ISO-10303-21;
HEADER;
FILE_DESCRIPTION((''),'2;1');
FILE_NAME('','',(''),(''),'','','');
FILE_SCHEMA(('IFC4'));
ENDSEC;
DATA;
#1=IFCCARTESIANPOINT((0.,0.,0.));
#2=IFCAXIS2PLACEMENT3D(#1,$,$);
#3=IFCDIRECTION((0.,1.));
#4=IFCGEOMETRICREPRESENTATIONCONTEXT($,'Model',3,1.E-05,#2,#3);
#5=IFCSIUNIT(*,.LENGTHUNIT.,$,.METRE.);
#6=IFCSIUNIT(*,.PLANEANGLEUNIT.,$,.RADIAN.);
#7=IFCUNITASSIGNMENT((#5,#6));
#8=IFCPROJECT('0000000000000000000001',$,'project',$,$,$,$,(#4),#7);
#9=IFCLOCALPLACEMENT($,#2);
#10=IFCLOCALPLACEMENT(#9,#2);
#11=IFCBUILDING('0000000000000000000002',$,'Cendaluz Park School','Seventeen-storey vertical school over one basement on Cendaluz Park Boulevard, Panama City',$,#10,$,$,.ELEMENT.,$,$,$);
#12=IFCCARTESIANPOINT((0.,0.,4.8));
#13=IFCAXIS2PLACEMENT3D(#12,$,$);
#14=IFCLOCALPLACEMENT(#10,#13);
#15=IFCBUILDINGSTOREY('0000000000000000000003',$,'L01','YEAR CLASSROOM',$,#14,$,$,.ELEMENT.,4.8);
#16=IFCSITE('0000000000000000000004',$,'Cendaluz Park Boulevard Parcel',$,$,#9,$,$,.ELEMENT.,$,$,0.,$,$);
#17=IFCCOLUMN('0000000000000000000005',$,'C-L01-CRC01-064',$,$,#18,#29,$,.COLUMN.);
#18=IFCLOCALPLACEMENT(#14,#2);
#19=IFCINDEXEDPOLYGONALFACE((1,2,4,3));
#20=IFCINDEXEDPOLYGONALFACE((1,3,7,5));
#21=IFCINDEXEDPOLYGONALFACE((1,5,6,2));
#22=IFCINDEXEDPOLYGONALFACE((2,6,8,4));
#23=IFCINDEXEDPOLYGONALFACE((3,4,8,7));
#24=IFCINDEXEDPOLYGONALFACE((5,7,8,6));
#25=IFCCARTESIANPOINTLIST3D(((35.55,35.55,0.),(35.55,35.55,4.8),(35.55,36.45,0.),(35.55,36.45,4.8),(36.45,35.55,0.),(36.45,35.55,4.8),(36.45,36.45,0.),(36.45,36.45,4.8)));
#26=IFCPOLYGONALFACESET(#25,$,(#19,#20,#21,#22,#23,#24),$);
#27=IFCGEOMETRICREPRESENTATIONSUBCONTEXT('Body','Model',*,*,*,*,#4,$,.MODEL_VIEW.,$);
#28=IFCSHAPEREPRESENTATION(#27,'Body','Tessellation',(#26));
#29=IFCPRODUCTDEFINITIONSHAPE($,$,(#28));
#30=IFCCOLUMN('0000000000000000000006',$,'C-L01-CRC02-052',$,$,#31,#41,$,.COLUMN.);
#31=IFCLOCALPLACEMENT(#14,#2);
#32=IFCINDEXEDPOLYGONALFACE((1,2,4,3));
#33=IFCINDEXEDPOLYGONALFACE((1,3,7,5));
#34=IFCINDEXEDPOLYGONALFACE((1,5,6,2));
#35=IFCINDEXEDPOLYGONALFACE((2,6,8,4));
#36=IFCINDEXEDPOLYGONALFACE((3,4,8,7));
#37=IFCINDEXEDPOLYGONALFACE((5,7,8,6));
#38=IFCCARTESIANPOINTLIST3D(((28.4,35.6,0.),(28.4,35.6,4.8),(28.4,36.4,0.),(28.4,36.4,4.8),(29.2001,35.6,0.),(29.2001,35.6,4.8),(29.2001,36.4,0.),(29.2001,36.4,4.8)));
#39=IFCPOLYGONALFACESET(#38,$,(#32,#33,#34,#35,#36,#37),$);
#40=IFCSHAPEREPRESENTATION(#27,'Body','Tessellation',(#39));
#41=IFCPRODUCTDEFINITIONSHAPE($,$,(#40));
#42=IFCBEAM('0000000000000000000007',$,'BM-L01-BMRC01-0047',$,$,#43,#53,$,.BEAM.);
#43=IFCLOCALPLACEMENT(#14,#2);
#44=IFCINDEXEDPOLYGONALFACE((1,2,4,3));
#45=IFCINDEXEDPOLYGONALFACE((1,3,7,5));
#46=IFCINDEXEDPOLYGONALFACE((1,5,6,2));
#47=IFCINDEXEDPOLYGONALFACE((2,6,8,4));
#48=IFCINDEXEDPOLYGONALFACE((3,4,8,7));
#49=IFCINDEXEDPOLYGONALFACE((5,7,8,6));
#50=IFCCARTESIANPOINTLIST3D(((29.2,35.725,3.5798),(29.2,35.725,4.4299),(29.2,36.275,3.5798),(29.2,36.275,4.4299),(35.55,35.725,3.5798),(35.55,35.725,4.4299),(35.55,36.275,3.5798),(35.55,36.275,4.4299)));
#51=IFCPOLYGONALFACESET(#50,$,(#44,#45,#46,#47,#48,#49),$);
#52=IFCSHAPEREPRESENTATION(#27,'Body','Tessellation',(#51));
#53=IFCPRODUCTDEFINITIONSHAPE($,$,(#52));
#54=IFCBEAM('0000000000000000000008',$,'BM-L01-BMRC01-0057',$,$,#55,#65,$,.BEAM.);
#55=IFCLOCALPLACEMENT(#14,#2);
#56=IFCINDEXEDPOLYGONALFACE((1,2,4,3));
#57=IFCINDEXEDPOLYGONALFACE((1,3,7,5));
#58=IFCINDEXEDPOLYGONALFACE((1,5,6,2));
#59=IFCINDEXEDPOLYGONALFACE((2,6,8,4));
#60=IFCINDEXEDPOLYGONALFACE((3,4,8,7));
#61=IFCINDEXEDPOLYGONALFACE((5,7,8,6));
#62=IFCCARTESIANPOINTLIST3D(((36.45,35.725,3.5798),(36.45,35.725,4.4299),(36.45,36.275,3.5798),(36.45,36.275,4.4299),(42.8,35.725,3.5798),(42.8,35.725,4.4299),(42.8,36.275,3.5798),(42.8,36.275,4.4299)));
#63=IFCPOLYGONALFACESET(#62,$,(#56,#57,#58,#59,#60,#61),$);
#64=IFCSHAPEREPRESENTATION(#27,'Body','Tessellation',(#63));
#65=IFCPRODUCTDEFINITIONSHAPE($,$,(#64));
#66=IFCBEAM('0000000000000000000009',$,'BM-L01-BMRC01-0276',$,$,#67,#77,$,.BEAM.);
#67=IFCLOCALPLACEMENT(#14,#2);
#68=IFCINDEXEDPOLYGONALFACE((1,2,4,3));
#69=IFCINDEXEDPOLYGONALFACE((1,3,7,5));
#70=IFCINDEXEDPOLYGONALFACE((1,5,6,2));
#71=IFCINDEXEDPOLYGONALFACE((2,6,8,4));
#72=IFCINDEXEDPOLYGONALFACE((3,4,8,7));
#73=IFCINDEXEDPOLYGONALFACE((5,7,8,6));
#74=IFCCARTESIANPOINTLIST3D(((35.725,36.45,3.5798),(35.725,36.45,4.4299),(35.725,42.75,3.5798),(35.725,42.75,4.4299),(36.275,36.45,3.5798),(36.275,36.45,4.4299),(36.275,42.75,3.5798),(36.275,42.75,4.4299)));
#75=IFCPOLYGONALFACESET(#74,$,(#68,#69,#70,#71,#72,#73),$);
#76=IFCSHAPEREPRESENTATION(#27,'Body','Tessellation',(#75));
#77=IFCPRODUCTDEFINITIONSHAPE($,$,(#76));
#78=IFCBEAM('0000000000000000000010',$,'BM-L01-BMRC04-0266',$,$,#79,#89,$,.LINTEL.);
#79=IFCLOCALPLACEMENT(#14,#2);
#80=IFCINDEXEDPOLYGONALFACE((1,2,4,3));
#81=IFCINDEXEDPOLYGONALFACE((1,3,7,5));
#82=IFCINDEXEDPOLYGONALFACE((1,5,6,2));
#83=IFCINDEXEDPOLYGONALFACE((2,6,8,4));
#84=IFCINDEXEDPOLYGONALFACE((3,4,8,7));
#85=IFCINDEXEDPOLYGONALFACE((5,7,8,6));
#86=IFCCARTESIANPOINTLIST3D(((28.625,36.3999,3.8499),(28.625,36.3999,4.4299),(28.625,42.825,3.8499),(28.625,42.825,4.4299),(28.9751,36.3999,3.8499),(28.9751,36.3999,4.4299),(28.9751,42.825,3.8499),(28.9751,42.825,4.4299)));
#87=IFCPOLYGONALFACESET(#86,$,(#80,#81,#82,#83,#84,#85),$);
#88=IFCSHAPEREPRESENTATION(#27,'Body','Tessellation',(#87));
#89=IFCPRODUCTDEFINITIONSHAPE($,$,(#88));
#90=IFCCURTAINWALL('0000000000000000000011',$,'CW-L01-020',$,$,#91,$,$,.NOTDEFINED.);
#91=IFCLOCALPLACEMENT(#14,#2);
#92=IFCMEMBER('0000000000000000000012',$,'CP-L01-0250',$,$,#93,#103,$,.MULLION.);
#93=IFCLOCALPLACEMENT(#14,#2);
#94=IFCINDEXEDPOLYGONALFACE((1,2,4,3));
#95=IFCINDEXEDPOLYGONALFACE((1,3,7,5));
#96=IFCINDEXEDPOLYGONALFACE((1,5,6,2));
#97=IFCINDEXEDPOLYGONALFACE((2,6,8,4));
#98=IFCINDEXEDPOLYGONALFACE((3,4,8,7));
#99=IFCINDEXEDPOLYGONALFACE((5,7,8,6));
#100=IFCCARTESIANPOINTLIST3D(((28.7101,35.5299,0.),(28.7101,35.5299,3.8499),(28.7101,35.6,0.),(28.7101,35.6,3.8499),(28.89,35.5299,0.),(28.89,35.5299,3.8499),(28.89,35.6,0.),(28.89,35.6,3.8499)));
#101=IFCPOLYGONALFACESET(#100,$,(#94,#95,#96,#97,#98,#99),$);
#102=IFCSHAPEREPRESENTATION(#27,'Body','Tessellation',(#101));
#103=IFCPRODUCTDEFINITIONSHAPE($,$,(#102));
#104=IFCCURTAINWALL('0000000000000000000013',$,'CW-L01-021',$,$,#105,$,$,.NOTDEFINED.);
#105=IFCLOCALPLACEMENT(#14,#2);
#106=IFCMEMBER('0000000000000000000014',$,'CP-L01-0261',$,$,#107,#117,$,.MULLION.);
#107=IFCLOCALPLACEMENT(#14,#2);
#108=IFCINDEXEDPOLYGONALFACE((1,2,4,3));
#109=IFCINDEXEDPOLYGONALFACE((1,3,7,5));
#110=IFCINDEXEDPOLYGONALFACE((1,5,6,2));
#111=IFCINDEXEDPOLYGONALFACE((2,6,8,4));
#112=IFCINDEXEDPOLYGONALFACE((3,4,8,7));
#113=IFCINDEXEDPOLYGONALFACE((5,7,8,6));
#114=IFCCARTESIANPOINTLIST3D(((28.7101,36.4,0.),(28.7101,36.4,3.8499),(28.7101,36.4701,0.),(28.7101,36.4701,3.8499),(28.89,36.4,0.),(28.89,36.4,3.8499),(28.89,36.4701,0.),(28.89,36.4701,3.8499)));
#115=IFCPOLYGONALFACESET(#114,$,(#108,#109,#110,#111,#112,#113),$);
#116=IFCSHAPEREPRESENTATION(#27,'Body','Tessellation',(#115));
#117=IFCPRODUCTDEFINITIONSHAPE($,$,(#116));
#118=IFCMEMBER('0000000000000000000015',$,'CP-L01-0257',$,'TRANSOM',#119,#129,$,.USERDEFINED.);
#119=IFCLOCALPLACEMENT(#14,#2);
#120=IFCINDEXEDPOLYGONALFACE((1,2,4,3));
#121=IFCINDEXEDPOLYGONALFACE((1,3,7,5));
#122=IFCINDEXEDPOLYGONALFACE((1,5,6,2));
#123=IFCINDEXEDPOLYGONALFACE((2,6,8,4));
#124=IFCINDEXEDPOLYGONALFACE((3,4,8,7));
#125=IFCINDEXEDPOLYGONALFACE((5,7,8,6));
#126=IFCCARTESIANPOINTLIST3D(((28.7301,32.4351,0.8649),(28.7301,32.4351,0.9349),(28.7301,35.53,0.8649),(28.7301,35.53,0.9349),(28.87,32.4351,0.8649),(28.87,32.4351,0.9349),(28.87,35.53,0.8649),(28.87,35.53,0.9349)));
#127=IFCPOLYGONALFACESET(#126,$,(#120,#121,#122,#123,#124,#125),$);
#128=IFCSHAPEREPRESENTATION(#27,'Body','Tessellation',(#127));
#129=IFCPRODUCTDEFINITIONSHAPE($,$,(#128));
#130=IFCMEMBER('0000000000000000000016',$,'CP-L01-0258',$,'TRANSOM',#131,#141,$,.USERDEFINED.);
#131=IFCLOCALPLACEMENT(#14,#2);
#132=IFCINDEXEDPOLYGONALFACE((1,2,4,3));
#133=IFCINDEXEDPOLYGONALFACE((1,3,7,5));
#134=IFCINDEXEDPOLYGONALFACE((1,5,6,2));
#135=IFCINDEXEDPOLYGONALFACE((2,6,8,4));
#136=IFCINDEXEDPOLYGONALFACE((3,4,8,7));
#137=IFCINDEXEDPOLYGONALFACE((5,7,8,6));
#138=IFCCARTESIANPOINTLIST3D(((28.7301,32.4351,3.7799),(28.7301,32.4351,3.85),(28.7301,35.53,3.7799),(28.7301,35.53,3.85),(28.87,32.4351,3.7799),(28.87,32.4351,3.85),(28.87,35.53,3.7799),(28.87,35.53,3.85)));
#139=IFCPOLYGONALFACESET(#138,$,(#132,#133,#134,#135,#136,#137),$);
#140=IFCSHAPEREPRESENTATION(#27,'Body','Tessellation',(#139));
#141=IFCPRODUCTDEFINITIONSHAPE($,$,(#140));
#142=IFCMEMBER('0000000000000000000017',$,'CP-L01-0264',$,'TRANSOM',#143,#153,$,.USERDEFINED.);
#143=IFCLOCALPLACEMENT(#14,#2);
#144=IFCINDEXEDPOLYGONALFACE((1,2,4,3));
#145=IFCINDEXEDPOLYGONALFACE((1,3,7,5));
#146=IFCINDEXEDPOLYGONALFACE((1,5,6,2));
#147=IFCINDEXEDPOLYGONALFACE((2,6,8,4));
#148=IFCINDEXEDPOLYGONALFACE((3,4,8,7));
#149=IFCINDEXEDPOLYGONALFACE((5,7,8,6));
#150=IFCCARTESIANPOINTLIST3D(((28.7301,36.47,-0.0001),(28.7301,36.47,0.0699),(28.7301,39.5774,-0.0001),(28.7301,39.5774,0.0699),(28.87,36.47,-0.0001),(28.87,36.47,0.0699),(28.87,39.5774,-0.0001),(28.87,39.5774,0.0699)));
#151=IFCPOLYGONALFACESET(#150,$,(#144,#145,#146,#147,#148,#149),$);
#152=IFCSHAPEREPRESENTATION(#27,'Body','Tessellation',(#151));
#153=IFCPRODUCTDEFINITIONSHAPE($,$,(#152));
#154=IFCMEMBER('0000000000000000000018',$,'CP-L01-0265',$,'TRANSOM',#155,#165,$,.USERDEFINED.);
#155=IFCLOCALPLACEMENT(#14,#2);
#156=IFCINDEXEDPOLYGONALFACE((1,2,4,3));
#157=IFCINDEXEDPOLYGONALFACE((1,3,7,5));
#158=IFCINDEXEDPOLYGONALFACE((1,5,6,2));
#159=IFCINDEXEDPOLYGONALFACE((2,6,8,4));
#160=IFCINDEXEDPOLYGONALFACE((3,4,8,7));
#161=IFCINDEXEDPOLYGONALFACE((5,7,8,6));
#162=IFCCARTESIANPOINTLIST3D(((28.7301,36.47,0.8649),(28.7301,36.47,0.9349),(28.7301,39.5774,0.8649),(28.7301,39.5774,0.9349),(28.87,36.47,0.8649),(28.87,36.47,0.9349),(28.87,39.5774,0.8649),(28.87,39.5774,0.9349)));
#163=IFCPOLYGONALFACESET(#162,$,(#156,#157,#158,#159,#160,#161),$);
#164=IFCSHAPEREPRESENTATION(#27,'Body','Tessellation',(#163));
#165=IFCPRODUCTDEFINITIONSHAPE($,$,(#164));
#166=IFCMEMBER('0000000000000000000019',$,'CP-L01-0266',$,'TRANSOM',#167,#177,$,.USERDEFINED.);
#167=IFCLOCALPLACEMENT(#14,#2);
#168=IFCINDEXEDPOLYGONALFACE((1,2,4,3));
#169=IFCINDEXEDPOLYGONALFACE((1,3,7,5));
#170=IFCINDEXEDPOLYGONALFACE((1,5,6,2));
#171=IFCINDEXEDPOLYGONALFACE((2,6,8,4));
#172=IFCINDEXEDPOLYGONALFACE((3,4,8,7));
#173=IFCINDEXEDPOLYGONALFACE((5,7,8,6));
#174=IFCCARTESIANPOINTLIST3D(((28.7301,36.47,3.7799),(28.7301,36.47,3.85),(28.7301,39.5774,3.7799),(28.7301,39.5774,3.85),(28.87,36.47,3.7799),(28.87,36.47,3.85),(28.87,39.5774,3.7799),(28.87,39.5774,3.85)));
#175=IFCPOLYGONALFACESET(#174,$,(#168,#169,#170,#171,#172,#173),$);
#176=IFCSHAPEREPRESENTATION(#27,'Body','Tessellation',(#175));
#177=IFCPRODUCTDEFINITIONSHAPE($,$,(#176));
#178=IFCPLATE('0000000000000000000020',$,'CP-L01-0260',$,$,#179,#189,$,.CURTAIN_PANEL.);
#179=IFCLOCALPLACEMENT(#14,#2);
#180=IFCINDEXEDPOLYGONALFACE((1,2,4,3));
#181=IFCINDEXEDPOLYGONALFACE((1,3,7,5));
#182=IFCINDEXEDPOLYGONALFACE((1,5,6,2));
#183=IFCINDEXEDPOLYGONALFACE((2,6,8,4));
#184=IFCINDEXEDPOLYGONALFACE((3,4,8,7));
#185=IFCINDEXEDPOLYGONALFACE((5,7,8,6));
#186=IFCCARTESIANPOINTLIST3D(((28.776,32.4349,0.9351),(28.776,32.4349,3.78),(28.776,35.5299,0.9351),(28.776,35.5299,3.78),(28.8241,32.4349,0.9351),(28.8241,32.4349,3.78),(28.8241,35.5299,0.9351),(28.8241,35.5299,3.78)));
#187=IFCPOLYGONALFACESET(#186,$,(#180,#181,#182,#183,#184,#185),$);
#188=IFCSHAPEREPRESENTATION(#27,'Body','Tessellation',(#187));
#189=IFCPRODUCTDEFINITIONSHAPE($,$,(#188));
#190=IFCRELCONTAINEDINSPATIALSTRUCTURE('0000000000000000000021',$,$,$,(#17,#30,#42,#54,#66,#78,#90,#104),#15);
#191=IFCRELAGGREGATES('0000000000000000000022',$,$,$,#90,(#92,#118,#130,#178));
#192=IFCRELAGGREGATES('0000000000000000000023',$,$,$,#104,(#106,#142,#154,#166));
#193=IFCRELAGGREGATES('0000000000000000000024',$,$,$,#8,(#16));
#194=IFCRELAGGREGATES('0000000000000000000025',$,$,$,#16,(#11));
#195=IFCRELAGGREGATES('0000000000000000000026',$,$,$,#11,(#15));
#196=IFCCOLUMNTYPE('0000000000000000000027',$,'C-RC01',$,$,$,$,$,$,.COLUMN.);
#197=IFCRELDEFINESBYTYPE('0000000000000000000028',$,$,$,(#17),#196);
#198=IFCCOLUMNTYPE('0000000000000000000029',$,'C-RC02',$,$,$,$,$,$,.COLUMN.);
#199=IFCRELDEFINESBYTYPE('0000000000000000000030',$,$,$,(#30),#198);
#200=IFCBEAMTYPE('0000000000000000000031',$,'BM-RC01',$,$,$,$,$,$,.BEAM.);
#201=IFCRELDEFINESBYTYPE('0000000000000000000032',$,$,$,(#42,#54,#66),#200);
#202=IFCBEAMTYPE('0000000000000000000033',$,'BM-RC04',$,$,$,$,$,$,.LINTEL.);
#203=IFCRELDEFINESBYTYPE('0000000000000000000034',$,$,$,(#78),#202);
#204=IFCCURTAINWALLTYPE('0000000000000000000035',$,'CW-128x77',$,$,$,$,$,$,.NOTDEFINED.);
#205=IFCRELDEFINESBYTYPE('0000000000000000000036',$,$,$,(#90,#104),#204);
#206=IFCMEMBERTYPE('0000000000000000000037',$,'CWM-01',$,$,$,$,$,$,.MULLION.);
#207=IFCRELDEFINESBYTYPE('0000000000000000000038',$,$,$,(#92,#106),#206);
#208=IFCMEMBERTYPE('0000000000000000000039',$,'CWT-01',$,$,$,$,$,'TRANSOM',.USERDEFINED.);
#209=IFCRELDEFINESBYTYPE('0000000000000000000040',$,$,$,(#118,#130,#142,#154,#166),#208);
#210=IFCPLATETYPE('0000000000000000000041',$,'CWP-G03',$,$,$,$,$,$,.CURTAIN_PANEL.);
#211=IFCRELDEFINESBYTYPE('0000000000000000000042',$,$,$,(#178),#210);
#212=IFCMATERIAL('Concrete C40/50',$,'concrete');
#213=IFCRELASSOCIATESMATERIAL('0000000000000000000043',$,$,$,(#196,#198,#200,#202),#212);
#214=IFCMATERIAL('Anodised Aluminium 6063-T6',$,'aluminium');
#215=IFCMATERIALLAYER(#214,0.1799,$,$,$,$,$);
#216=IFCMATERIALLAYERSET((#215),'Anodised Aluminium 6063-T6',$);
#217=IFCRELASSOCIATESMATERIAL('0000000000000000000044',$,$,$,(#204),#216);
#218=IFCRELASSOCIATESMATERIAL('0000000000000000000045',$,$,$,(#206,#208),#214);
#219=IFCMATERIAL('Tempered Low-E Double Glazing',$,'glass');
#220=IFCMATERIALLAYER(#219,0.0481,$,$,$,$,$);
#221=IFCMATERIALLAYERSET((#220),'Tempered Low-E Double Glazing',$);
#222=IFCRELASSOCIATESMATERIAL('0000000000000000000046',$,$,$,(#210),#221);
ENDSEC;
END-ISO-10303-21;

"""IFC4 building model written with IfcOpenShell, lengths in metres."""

from ifc_helpers import new_model, si_unit, direction, frame, origin, origin_2d, place, context, subcontext, project, spatial, rectangle, extrude, material, layer, layer_set, material_profile, profile_set, type_object, element, aggregate, save


model = new_model("IFC4")

# Units and contexts
model_context = context("Model", 3, precision=1e-05, world=origin(), true_north=direction((0.0, 1.0)))
body_context = subcontext(model_context, "Body", "Model", "MODEL_VIEW")
ifc_project = project(units=[si_unit("LENGTHUNIT", "METRE"), si_unit("PLANEANGLEUNIT", "RADIAN")], contexts=[model_context])

# Site, building, storey
site_placement = place(None, origin())
site = spatial("IfcSite", under=ifc_project, at=site_placement, Name="Cendaluz Park Boulevard Parcel", CompositionType="ELEMENT", RefElevation=0.0)
building_placement = place(site_placement, origin())
building = spatial("IfcBuilding", under=site, at=building_placement, Name="Cendaluz Park School", Description="Seventeen-storey vertical school over one basement on Cendaluz Park Boulevard, Panama City", CompositionType="ELEMENT")
storey_placement = place(building_placement, frame((0.0, 0.0, 4.8)))
storey = spatial("IfcBuildingStorey", under=building, at=storey_placement, Name="L01", Description="YEAR CLASSROOM", CompositionType="ELEMENT", Elevation=4.8)

# Columns
ifc_material_1 = material(Name="Concrete C40/50", Category="concrete")
ifc_material_profile_1 = material_profile(ifc_material_1, rectangle(XDim=0.8999, YDim=0.8999, at=origin_2d()), Name="RC 900x900", Category="concrete")
ifc_profile_set_1 = profile_set([ifc_material_profile_1], Name="Concrete C40/50")
column_type_1 = type_object("IfcColumnType", Name="C-RC01", PredefinedType="COLUMN", material=ifc_profile_set_1)
column_1_placement = place(storey_placement, frame((36.0, 36.0, 0.0), z_axis=(0.0, 0.0, 1.0), x_axis=(1.0, 0.0, 0.0)))
element("IfcColumn", 1, at=column_1_placement, inside=storey, type_object=column_type_1, Name="C-L01-CRC01-064", PredefinedType="COLUMN", context=body_context, shape_type="SweptSolid", body=[
    extrude(rectangle(XDim=0.8999, YDim=0.8999, at=origin_2d()), origin(), (0.0, 0.0, 1.0), 4.8),
])
ifc_material_profile_2 = material_profile(ifc_material_1, rectangle(XDim=0.8, YDim=0.8, at=origin_2d()), Name="RC 800x800", Category="concrete")
ifc_profile_set_2 = profile_set([ifc_material_profile_2], Name="Concrete C40/50")
column_type_2 = type_object("IfcColumnType", Name="C-RC02", PredefinedType="COLUMN", material=ifc_profile_set_2)
column_2_placement = place(storey_placement, frame((28.8, 36.0, 0.0), z_axis=(0.0, 0.0, 1.0), x_axis=(1.0, 0.0, 0.0)))
element("IfcColumn", 2, at=column_2_placement, inside=storey, type_object=column_type_2, Name="C-L01-CRC02-052", PredefinedType="COLUMN", context=body_context, shape_type="SweptSolid", body=[
    extrude(rectangle(XDim=0.8, YDim=0.8, at=origin_2d()), origin(), (0.0, 0.0, 1.0), 4.8),
])

# Beams
ifc_material_profile_3 = material_profile(ifc_material_1, rectangle(XDim=0.55, YDim=0.8501, at=origin_2d()), Name="RC 550x850", Category="concrete")
ifc_profile_set_3 = profile_set([ifc_material_profile_3], Name="Concrete C40/50")
beam_type_1 = type_object("IfcBeamType", Name="BM-RC01", PredefinedType="BEAM", material=ifc_profile_set_3)
for number, where, z_axis, x_axis, name in (
    (3, (29.2, 36.0, 4.0049), (1.0, 0.0, 0.0), (0.0, 1.0, 0.0), "BM-L01-BMRC01-0047"),
    (4, (36.45, 36.0, 4.0049), (1.0, 0.0, 0.0), (0.0, 1.0, 0.0), "BM-L01-BMRC01-0057"),
):
    element("IfcBeam", number, at=place(storey_placement, frame(where, z_axis=z_axis, x_axis=x_axis)), inside=storey, type_object=beam_type_1, Name=name, PredefinedType="BEAM", context=body_context, shape_type="SweptSolid", body=[
        extrude(rectangle(XDim=0.55, YDim=0.8501, at=origin_2d()), origin(), (0.0, 0.0, 1.0), 6.3501),
    ])
beam_1_placement = place(storey_placement, frame((36.0, 36.45, 4.0049), z_axis=(0.0, 1.0, 0.0), x_axis=(-1.0, 0.0, 0.0)))
element("IfcBeam", 5, at=beam_1_placement, inside=storey, type_object=beam_type_1, Name="BM-L01-BMRC01-0276", PredefinedType="BEAM", context=body_context, shape_type="SweptSolid", body=[
    extrude(rectangle(XDim=0.55, YDim=0.8501, at=origin_2d()), origin(), (0.0, 0.0, 1.0), 6.3),
])
ifc_material_profile_4 = material_profile(ifc_material_1, rectangle(XDim=0.3501, YDim=0.5801, at=origin_2d()), Name="RC 350x580", Category="concrete")
ifc_profile_set_4 = profile_set([ifc_material_profile_4], Name="Concrete C40/50")
beam_type_2 = type_object("IfcBeamType", Name="BM-RC04", PredefinedType="LINTEL", material=ifc_profile_set_4)
beam_2_placement = place(storey_placement, frame((28.8, 36.3999, 4.1399), z_axis=(0.0, 1.0, 0.0), x_axis=(-1.0, 0.0, 0.0)))
element("IfcBeam", 6, at=beam_2_placement, inside=storey, type_object=beam_type_2, Name="BM-L01-BMRC04-0266", PredefinedType="LINTEL", context=body_context, shape_type="SweptSolid", body=[
    extrude(rectangle(XDim=0.3501, YDim=0.5801, at=origin_2d()), origin(), (0.0, 0.0, 1.0), 6.425),
])

# Curtain walls, members
ifc_material_2 = material(Name="Anodised Aluminium 6063-T6", Category="aluminium")
ifc_layer_1 = layer(ifc_material_2, 0.1799)
ifc_layer_set_1 = layer_set([ifc_layer_1], Name="Anodised Aluminium 6063-T6")
curtain_wall_type = type_object("IfcCurtainWallType", Name="CW-128x77", PredefinedType="NOTDEFINED", material=ifc_layer_set_1)
curtain_wall_1_placement = place(storey_placement, origin())
curtain_wall_1 = element("IfcCurtainWall", 7, at=curtain_wall_1_placement, inside=storey, type_object=curtain_wall_type, Name="CW-L01-020", PredefinedType="NOTDEFINED")
ifc_material_profile_5 = material_profile(ifc_material_2, rectangle(XDim=0.1799, YDim=0.0701, at=origin_2d()), Name="CWM 180x70", Category="aluminium")
ifc_profile_set_5 = profile_set([ifc_material_profile_5], Name="Anodised Aluminium 6063-T6")
member_type_1 = type_object("IfcMemberType", Name="CWM-01", PredefinedType="MULLION", material=ifc_profile_set_5)
member_1_placement = place(storey_placement, frame((28.8, 35.5649, 0.0), z_axis=(0.0, 0.0, 1.0), x_axis=(-1.0, 0.0, 0.0)))
member_1 = element("IfcMember", 8, at=member_1_placement, type_object=member_type_1, Name="CP-L01-0250", PredefinedType="MULLION", context=body_context, shape_type="SweptSolid", body=[
    extrude(rectangle(XDim=0.1799, YDim=0.0701, at=origin_2d()), origin(), (0.0, 0.0, 1.0), 3.8499),
])
curtain_wall_2_placement = place(storey_placement, origin())
curtain_wall_2 = element("IfcCurtainWall", 9, at=curtain_wall_2_placement, inside=storey, type_object=curtain_wall_type, Name="CW-L01-021", PredefinedType="NOTDEFINED")
member_2_placement = place(storey_placement, frame((28.8, 36.4351, 0.0), z_axis=(0.0, 0.0, 1.0), x_axis=(-1.0, 0.0, 0.0)))
member_2 = element("IfcMember", 10, at=member_2_placement, type_object=member_type_1, Name="CP-L01-0261", PredefinedType="MULLION", context=body_context, shape_type="SweptSolid", body=[
    extrude(rectangle(XDim=0.1799, YDim=0.0701, at=origin_2d()), origin(), (0.0, 0.0, 1.0), 3.8499),
])

# Members
ifc_material_profile_6 = material_profile(ifc_material_2, rectangle(XDim=0.1399, YDim=0.0701, at=origin_2d()), Name="CWT 140x70", Category="aluminium")
ifc_profile_set_6 = profile_set([ifc_material_profile_6], Name="Anodised Aluminium 6063-T6")
member_type_2 = type_object("IfcMemberType", Name="CWT-01", ElementType="TRANSOM", PredefinedType="USERDEFINED", material=ifc_profile_set_6)
member_3_placement = place(storey_placement, frame((28.8, 32.4351, 0.8999), z_axis=(0.0, 1.0, 0.0), x_axis=(-1.0, 0.0, 0.0)))
member_3 = element("IfcMember", 11, at=member_3_placement, type_object=member_type_2, Name="CP-L01-0257", ObjectType="TRANSOM", PredefinedType="USERDEFINED", context=body_context, shape_type="SweptSolid", body=[
    extrude(rectangle(XDim=0.1399, YDim=0.0701, at=origin_2d()), origin(), (0.0, 0.0, 1.0), 3.095),
])
member_4_placement = place(storey_placement, frame((28.8, 32.4351, 3.8149), z_axis=(0.0, 1.0, 0.0), x_axis=(-1.0, 0.0, 0.0)))
member_4 = element("IfcMember", 12, at=member_4_placement, type_object=member_type_2, Name="CP-L01-0258", ObjectType="TRANSOM", PredefinedType="USERDEFINED", context=body_context, shape_type="SweptSolid", body=[
    extrude(rectangle(XDim=0.1399, YDim=0.0701, at=origin_2d()), origin(), (0.0, 0.0, 1.0), 3.095),
])
member_5_placement = place(storey_placement, frame((28.8, 36.47, 0.0349), z_axis=(0.0, 1.0, 0.0), x_axis=(-1.0, 0.0, 0.0)))
member_5 = element("IfcMember", 13, at=member_5_placement, type_object=member_type_2, Name="CP-L01-0264", ObjectType="TRANSOM", PredefinedType="USERDEFINED", context=body_context, shape_type="SweptSolid", body=[
    extrude(rectangle(XDim=0.1399, YDim=0.0701, at=origin_2d()), origin(), (0.0, 0.0, 1.0), 3.1074),
])
member_6_placement = place(storey_placement, frame((28.8, 36.47, 0.8999), z_axis=(0.0, 1.0, 0.0), x_axis=(-1.0, 0.0, 0.0)))
member_6 = element("IfcMember", 14, at=member_6_placement, type_object=member_type_2, Name="CP-L01-0265", ObjectType="TRANSOM", PredefinedType="USERDEFINED", context=body_context, shape_type="SweptSolid", body=[
    extrude(rectangle(XDim=0.1399, YDim=0.0701, at=origin_2d()), origin(), (0.0, 0.0, 1.0), 3.1074),
])
member_7_placement = place(storey_placement, frame((28.8, 36.47, 3.8149), z_axis=(0.0, 1.0, 0.0), x_axis=(-1.0, 0.0, 0.0)))
member_7 = element("IfcMember", 15, at=member_7_placement, type_object=member_type_2, Name="CP-L01-0266", ObjectType="TRANSOM", PredefinedType="USERDEFINED", context=body_context, shape_type="SweptSolid", body=[
    extrude(rectangle(XDim=0.1399, YDim=0.0701, at=origin_2d()), origin(), (0.0, 0.0, 1.0), 3.1074),
])

# Plate
ifc_material_3 = material(Name="Tempered Low-E Double Glazing", Category="glass")
ifc_layer_2 = layer(ifc_material_3, 0.0481)
ifc_layer_set_2 = layer_set([ifc_layer_2], Name="Tempered Low-E Double Glazing")
plate_type_1 = type_object("IfcPlateType", Name="CWP-G03", PredefinedType="CURTAIN_PANEL", material=ifc_layer_set_2)
plate_1_placement = place(storey_placement, frame((28.8, 33.9824, 0.9351), z_axis=(0.0, 0.0, 1.0), x_axis=(0.0, 1.0, 0.0)))
plate_1 = element("IfcPlate", 16, at=plate_1_placement, type_object=plate_type_1, Name="CP-L01-0260", PredefinedType="CURTAIN_PANEL", context=body_context, shape_type="SweptSolid", body=[
    extrude(rectangle(XDim=3.095, YDim=0.0481, at=origin_2d()), origin(), (0.0, 0.0, 1.0), 2.845),
])
aggregate(curtain_wall_1, [member_1, member_3, member_4, plate_1])
aggregate(curtain_wall_2, [member_2, member_5, member_6, member_7])

save(model, "model.ifc")
